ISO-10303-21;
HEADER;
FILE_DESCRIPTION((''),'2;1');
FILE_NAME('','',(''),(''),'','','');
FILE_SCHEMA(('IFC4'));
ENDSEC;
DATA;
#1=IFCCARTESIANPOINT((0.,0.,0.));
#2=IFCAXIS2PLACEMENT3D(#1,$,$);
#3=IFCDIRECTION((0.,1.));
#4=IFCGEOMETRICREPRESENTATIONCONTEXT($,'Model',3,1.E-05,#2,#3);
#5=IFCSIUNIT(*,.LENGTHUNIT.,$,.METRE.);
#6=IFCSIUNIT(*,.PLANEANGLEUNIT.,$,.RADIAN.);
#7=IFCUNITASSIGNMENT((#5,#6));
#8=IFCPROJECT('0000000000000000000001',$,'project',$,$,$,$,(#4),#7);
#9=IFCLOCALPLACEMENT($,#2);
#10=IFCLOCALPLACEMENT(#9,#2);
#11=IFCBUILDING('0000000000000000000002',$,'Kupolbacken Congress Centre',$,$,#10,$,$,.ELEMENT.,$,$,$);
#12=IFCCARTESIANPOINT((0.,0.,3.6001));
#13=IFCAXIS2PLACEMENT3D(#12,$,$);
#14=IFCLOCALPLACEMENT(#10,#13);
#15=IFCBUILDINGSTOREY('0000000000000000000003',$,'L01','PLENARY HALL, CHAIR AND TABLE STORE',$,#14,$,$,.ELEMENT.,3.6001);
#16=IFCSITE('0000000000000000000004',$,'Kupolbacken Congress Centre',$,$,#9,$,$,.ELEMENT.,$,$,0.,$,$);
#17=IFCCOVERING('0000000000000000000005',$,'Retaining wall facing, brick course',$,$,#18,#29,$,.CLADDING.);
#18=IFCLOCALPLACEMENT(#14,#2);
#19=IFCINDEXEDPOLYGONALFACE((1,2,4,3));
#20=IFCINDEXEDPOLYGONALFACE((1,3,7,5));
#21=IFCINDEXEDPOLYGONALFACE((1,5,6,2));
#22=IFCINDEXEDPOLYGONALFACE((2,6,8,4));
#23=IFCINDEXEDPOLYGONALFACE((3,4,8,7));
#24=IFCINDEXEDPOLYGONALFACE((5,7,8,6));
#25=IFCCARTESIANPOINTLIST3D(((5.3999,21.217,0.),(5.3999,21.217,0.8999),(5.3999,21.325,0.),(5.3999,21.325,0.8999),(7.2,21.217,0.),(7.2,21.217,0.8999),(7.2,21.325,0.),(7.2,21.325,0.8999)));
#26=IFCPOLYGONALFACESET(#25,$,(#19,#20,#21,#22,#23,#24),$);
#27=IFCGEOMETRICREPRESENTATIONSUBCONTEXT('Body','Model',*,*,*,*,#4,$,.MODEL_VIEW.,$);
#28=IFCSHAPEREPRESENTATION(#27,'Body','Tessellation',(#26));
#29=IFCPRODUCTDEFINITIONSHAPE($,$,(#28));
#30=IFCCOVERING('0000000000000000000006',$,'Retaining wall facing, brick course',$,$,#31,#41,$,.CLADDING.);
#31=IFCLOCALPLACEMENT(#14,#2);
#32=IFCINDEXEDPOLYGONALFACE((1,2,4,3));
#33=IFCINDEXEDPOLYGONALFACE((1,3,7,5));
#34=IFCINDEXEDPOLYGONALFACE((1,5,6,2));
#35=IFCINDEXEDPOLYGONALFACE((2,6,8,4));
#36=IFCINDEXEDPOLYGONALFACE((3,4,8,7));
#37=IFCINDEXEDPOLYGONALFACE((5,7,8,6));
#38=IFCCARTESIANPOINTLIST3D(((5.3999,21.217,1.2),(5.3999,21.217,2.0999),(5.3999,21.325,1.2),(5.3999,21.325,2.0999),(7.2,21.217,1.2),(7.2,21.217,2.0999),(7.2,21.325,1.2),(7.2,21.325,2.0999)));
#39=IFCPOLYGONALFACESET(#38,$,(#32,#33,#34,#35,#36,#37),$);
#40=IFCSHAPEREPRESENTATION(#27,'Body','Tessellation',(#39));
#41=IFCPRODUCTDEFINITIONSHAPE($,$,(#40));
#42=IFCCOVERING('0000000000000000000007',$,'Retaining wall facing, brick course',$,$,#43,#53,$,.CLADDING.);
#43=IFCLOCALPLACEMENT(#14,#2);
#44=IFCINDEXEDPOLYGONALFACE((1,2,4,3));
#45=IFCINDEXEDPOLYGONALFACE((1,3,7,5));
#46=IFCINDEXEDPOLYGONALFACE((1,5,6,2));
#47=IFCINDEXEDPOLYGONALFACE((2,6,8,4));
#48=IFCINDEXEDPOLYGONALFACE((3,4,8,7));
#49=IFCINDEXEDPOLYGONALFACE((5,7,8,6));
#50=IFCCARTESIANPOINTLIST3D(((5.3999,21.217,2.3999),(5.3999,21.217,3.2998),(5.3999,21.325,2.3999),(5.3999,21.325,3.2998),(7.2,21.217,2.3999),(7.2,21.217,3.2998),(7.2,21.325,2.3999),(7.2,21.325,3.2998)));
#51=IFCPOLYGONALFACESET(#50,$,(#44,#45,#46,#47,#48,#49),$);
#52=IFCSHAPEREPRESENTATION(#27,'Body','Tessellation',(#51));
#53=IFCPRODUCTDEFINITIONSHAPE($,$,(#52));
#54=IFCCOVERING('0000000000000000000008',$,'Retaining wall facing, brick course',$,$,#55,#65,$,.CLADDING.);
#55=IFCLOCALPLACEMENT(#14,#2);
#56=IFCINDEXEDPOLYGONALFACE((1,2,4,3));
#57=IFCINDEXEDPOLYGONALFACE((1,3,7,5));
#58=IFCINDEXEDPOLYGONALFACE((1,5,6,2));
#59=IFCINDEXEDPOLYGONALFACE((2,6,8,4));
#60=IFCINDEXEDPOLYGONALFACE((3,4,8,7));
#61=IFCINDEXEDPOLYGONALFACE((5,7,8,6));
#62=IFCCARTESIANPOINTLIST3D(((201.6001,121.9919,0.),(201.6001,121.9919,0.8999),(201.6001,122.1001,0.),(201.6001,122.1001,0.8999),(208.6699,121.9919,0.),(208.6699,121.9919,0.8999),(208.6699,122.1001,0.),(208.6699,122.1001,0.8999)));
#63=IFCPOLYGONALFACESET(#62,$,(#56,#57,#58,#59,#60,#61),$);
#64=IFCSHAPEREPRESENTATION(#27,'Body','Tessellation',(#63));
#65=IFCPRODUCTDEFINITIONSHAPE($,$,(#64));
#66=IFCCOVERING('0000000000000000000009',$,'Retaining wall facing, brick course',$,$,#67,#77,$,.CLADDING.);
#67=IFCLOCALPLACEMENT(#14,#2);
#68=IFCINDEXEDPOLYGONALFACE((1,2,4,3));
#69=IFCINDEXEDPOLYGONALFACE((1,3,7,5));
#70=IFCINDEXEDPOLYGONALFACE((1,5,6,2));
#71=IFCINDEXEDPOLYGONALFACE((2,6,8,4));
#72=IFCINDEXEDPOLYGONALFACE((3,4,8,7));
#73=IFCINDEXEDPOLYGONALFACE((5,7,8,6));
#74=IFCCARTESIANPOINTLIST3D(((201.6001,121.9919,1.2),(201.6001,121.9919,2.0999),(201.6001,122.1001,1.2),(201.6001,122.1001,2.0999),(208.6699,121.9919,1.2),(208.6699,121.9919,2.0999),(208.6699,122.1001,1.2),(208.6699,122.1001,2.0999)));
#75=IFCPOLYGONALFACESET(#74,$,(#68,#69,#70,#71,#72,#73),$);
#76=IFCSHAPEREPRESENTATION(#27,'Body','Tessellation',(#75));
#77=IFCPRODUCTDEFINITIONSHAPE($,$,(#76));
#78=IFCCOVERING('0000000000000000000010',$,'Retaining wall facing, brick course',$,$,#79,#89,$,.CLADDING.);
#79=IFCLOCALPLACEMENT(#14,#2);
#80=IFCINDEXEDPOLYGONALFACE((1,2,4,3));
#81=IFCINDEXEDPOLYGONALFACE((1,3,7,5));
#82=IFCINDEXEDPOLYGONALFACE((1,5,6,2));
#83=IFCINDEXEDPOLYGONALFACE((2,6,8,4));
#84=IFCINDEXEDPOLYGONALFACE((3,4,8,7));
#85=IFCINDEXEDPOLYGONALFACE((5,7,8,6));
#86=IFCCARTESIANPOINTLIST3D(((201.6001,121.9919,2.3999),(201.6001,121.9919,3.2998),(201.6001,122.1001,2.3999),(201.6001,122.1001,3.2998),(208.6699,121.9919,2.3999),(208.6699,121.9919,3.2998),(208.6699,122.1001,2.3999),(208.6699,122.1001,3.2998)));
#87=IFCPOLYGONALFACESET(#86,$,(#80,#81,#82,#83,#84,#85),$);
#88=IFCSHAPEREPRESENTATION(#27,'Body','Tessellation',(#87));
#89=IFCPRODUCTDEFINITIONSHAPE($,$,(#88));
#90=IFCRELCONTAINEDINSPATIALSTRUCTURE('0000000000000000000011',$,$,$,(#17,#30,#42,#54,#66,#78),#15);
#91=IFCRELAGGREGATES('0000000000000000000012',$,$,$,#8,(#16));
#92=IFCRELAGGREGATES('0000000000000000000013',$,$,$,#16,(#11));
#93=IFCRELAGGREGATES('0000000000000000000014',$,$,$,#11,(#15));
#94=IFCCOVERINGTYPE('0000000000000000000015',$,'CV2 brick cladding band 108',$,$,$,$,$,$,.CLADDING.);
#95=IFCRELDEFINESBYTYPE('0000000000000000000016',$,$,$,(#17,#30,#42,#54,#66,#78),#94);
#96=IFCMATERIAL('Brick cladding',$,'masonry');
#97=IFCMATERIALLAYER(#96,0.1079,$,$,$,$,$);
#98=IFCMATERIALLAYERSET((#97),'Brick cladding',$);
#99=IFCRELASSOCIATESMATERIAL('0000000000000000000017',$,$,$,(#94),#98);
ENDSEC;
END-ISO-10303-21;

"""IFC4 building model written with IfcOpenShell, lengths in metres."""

from ifc_helpers import new_model, si_unit, direction, frame, origin, place, context, subcontext, project, spatial, polyline, outline, extrude, material, layer, layer_set, type_object, element, save


model = new_model("IFC4")

# Units and contexts
model_context = context("Model", 3, precision=1e-05, world=origin(), true_north=direction((0.0, 1.0)))
body_context = subcontext(model_context, "Body", "Model", "MODEL_VIEW")
ifc_project = project(units=[si_unit("LENGTHUNIT", "METRE"), si_unit("PLANEANGLEUNIT", "RADIAN")], contexts=[model_context])

# Site, building, storey
site_placement = place(None, origin())
site = spatial("IfcSite", under=ifc_project, at=site_placement, Name="Kupolbacken Congress Centre", CompositionType="ELEMENT", RefElevation=0.0)
building_placement = place(site_placement, origin())
building = spatial("IfcBuilding", under=site, at=building_placement, Name="Kupolbacken Congress Centre", CompositionType="ELEMENT")
storey_placement = place(building_placement, frame((0.0, 0.0, 3.6001)))
storey = spatial("IfcBuildingStorey", under=building, at=storey_placement, Name="L01", Description="PLENARY HALL, CHAIR AND TABLE STORE", CompositionType="ELEMENT", Elevation=3.6001)

# Coverings
ifc_material_1 = material(Name="Brick cladding", Category="masonry")
ifc_layer_1 = layer(ifc_material_1, 0.1079)
ifc_layer_set_1 = layer_set([ifc_layer_1], Name="Brick cladding")
covering_type_1 = type_object("IfcCoveringType", Name="CV2 brick cladding band 108", PredefinedType="CLADDING", material=ifc_layer_set_1)
for number, where, name in (
    (1, (0.0, 0.0, 0.0), "Retaining wall facing, brick course"),
    (2, (0.0, 0.0, 1.2), "Retaining wall facing, brick course"),
    (3, (0.0, 0.0, 2.3999), "Retaining wall facing, brick course"),
):
    element("IfcCovering", number, at=place(storey_placement, frame(where)), inside=storey, type_object=covering_type_1, Name=name, PredefinedType="CLADDING", context=body_context, shape_type="SweptSolid", body=[
        extrude(outline(polyline([(5.3999, 21.217), (5.3999, 21.325), (7.2, 21.325), (7.2, 21.217), (5.3999, 21.217)])), origin(), (0.0, 0.0, 1.0), 0.8999),
    ])
for number, where, name in (
    (4, (0.0, 0.0, 0.0), "Retaining wall facing, brick course"),
    (5, (0.0, 0.0, 1.2), "Retaining wall facing, brick course"),
    (6, (0.0, 0.0, 2.3999), "Retaining wall facing, brick course"),
):
    element("IfcCovering", number, at=place(storey_placement, frame(where)), inside=storey, type_object=covering_type_1, Name=name, PredefinedType="CLADDING", context=body_context, shape_type="SweptSolid", body=[
        extrude(outline(polyline([(201.6001, 121.9919), (201.6001, 122.1001), (208.6699, 122.1001), (208.6699, 121.9919), (201.6001, 121.9919)])), origin(), (0.0, 0.0, 1.0), 0.8999),
    ])

save(model, "model.ifc")
